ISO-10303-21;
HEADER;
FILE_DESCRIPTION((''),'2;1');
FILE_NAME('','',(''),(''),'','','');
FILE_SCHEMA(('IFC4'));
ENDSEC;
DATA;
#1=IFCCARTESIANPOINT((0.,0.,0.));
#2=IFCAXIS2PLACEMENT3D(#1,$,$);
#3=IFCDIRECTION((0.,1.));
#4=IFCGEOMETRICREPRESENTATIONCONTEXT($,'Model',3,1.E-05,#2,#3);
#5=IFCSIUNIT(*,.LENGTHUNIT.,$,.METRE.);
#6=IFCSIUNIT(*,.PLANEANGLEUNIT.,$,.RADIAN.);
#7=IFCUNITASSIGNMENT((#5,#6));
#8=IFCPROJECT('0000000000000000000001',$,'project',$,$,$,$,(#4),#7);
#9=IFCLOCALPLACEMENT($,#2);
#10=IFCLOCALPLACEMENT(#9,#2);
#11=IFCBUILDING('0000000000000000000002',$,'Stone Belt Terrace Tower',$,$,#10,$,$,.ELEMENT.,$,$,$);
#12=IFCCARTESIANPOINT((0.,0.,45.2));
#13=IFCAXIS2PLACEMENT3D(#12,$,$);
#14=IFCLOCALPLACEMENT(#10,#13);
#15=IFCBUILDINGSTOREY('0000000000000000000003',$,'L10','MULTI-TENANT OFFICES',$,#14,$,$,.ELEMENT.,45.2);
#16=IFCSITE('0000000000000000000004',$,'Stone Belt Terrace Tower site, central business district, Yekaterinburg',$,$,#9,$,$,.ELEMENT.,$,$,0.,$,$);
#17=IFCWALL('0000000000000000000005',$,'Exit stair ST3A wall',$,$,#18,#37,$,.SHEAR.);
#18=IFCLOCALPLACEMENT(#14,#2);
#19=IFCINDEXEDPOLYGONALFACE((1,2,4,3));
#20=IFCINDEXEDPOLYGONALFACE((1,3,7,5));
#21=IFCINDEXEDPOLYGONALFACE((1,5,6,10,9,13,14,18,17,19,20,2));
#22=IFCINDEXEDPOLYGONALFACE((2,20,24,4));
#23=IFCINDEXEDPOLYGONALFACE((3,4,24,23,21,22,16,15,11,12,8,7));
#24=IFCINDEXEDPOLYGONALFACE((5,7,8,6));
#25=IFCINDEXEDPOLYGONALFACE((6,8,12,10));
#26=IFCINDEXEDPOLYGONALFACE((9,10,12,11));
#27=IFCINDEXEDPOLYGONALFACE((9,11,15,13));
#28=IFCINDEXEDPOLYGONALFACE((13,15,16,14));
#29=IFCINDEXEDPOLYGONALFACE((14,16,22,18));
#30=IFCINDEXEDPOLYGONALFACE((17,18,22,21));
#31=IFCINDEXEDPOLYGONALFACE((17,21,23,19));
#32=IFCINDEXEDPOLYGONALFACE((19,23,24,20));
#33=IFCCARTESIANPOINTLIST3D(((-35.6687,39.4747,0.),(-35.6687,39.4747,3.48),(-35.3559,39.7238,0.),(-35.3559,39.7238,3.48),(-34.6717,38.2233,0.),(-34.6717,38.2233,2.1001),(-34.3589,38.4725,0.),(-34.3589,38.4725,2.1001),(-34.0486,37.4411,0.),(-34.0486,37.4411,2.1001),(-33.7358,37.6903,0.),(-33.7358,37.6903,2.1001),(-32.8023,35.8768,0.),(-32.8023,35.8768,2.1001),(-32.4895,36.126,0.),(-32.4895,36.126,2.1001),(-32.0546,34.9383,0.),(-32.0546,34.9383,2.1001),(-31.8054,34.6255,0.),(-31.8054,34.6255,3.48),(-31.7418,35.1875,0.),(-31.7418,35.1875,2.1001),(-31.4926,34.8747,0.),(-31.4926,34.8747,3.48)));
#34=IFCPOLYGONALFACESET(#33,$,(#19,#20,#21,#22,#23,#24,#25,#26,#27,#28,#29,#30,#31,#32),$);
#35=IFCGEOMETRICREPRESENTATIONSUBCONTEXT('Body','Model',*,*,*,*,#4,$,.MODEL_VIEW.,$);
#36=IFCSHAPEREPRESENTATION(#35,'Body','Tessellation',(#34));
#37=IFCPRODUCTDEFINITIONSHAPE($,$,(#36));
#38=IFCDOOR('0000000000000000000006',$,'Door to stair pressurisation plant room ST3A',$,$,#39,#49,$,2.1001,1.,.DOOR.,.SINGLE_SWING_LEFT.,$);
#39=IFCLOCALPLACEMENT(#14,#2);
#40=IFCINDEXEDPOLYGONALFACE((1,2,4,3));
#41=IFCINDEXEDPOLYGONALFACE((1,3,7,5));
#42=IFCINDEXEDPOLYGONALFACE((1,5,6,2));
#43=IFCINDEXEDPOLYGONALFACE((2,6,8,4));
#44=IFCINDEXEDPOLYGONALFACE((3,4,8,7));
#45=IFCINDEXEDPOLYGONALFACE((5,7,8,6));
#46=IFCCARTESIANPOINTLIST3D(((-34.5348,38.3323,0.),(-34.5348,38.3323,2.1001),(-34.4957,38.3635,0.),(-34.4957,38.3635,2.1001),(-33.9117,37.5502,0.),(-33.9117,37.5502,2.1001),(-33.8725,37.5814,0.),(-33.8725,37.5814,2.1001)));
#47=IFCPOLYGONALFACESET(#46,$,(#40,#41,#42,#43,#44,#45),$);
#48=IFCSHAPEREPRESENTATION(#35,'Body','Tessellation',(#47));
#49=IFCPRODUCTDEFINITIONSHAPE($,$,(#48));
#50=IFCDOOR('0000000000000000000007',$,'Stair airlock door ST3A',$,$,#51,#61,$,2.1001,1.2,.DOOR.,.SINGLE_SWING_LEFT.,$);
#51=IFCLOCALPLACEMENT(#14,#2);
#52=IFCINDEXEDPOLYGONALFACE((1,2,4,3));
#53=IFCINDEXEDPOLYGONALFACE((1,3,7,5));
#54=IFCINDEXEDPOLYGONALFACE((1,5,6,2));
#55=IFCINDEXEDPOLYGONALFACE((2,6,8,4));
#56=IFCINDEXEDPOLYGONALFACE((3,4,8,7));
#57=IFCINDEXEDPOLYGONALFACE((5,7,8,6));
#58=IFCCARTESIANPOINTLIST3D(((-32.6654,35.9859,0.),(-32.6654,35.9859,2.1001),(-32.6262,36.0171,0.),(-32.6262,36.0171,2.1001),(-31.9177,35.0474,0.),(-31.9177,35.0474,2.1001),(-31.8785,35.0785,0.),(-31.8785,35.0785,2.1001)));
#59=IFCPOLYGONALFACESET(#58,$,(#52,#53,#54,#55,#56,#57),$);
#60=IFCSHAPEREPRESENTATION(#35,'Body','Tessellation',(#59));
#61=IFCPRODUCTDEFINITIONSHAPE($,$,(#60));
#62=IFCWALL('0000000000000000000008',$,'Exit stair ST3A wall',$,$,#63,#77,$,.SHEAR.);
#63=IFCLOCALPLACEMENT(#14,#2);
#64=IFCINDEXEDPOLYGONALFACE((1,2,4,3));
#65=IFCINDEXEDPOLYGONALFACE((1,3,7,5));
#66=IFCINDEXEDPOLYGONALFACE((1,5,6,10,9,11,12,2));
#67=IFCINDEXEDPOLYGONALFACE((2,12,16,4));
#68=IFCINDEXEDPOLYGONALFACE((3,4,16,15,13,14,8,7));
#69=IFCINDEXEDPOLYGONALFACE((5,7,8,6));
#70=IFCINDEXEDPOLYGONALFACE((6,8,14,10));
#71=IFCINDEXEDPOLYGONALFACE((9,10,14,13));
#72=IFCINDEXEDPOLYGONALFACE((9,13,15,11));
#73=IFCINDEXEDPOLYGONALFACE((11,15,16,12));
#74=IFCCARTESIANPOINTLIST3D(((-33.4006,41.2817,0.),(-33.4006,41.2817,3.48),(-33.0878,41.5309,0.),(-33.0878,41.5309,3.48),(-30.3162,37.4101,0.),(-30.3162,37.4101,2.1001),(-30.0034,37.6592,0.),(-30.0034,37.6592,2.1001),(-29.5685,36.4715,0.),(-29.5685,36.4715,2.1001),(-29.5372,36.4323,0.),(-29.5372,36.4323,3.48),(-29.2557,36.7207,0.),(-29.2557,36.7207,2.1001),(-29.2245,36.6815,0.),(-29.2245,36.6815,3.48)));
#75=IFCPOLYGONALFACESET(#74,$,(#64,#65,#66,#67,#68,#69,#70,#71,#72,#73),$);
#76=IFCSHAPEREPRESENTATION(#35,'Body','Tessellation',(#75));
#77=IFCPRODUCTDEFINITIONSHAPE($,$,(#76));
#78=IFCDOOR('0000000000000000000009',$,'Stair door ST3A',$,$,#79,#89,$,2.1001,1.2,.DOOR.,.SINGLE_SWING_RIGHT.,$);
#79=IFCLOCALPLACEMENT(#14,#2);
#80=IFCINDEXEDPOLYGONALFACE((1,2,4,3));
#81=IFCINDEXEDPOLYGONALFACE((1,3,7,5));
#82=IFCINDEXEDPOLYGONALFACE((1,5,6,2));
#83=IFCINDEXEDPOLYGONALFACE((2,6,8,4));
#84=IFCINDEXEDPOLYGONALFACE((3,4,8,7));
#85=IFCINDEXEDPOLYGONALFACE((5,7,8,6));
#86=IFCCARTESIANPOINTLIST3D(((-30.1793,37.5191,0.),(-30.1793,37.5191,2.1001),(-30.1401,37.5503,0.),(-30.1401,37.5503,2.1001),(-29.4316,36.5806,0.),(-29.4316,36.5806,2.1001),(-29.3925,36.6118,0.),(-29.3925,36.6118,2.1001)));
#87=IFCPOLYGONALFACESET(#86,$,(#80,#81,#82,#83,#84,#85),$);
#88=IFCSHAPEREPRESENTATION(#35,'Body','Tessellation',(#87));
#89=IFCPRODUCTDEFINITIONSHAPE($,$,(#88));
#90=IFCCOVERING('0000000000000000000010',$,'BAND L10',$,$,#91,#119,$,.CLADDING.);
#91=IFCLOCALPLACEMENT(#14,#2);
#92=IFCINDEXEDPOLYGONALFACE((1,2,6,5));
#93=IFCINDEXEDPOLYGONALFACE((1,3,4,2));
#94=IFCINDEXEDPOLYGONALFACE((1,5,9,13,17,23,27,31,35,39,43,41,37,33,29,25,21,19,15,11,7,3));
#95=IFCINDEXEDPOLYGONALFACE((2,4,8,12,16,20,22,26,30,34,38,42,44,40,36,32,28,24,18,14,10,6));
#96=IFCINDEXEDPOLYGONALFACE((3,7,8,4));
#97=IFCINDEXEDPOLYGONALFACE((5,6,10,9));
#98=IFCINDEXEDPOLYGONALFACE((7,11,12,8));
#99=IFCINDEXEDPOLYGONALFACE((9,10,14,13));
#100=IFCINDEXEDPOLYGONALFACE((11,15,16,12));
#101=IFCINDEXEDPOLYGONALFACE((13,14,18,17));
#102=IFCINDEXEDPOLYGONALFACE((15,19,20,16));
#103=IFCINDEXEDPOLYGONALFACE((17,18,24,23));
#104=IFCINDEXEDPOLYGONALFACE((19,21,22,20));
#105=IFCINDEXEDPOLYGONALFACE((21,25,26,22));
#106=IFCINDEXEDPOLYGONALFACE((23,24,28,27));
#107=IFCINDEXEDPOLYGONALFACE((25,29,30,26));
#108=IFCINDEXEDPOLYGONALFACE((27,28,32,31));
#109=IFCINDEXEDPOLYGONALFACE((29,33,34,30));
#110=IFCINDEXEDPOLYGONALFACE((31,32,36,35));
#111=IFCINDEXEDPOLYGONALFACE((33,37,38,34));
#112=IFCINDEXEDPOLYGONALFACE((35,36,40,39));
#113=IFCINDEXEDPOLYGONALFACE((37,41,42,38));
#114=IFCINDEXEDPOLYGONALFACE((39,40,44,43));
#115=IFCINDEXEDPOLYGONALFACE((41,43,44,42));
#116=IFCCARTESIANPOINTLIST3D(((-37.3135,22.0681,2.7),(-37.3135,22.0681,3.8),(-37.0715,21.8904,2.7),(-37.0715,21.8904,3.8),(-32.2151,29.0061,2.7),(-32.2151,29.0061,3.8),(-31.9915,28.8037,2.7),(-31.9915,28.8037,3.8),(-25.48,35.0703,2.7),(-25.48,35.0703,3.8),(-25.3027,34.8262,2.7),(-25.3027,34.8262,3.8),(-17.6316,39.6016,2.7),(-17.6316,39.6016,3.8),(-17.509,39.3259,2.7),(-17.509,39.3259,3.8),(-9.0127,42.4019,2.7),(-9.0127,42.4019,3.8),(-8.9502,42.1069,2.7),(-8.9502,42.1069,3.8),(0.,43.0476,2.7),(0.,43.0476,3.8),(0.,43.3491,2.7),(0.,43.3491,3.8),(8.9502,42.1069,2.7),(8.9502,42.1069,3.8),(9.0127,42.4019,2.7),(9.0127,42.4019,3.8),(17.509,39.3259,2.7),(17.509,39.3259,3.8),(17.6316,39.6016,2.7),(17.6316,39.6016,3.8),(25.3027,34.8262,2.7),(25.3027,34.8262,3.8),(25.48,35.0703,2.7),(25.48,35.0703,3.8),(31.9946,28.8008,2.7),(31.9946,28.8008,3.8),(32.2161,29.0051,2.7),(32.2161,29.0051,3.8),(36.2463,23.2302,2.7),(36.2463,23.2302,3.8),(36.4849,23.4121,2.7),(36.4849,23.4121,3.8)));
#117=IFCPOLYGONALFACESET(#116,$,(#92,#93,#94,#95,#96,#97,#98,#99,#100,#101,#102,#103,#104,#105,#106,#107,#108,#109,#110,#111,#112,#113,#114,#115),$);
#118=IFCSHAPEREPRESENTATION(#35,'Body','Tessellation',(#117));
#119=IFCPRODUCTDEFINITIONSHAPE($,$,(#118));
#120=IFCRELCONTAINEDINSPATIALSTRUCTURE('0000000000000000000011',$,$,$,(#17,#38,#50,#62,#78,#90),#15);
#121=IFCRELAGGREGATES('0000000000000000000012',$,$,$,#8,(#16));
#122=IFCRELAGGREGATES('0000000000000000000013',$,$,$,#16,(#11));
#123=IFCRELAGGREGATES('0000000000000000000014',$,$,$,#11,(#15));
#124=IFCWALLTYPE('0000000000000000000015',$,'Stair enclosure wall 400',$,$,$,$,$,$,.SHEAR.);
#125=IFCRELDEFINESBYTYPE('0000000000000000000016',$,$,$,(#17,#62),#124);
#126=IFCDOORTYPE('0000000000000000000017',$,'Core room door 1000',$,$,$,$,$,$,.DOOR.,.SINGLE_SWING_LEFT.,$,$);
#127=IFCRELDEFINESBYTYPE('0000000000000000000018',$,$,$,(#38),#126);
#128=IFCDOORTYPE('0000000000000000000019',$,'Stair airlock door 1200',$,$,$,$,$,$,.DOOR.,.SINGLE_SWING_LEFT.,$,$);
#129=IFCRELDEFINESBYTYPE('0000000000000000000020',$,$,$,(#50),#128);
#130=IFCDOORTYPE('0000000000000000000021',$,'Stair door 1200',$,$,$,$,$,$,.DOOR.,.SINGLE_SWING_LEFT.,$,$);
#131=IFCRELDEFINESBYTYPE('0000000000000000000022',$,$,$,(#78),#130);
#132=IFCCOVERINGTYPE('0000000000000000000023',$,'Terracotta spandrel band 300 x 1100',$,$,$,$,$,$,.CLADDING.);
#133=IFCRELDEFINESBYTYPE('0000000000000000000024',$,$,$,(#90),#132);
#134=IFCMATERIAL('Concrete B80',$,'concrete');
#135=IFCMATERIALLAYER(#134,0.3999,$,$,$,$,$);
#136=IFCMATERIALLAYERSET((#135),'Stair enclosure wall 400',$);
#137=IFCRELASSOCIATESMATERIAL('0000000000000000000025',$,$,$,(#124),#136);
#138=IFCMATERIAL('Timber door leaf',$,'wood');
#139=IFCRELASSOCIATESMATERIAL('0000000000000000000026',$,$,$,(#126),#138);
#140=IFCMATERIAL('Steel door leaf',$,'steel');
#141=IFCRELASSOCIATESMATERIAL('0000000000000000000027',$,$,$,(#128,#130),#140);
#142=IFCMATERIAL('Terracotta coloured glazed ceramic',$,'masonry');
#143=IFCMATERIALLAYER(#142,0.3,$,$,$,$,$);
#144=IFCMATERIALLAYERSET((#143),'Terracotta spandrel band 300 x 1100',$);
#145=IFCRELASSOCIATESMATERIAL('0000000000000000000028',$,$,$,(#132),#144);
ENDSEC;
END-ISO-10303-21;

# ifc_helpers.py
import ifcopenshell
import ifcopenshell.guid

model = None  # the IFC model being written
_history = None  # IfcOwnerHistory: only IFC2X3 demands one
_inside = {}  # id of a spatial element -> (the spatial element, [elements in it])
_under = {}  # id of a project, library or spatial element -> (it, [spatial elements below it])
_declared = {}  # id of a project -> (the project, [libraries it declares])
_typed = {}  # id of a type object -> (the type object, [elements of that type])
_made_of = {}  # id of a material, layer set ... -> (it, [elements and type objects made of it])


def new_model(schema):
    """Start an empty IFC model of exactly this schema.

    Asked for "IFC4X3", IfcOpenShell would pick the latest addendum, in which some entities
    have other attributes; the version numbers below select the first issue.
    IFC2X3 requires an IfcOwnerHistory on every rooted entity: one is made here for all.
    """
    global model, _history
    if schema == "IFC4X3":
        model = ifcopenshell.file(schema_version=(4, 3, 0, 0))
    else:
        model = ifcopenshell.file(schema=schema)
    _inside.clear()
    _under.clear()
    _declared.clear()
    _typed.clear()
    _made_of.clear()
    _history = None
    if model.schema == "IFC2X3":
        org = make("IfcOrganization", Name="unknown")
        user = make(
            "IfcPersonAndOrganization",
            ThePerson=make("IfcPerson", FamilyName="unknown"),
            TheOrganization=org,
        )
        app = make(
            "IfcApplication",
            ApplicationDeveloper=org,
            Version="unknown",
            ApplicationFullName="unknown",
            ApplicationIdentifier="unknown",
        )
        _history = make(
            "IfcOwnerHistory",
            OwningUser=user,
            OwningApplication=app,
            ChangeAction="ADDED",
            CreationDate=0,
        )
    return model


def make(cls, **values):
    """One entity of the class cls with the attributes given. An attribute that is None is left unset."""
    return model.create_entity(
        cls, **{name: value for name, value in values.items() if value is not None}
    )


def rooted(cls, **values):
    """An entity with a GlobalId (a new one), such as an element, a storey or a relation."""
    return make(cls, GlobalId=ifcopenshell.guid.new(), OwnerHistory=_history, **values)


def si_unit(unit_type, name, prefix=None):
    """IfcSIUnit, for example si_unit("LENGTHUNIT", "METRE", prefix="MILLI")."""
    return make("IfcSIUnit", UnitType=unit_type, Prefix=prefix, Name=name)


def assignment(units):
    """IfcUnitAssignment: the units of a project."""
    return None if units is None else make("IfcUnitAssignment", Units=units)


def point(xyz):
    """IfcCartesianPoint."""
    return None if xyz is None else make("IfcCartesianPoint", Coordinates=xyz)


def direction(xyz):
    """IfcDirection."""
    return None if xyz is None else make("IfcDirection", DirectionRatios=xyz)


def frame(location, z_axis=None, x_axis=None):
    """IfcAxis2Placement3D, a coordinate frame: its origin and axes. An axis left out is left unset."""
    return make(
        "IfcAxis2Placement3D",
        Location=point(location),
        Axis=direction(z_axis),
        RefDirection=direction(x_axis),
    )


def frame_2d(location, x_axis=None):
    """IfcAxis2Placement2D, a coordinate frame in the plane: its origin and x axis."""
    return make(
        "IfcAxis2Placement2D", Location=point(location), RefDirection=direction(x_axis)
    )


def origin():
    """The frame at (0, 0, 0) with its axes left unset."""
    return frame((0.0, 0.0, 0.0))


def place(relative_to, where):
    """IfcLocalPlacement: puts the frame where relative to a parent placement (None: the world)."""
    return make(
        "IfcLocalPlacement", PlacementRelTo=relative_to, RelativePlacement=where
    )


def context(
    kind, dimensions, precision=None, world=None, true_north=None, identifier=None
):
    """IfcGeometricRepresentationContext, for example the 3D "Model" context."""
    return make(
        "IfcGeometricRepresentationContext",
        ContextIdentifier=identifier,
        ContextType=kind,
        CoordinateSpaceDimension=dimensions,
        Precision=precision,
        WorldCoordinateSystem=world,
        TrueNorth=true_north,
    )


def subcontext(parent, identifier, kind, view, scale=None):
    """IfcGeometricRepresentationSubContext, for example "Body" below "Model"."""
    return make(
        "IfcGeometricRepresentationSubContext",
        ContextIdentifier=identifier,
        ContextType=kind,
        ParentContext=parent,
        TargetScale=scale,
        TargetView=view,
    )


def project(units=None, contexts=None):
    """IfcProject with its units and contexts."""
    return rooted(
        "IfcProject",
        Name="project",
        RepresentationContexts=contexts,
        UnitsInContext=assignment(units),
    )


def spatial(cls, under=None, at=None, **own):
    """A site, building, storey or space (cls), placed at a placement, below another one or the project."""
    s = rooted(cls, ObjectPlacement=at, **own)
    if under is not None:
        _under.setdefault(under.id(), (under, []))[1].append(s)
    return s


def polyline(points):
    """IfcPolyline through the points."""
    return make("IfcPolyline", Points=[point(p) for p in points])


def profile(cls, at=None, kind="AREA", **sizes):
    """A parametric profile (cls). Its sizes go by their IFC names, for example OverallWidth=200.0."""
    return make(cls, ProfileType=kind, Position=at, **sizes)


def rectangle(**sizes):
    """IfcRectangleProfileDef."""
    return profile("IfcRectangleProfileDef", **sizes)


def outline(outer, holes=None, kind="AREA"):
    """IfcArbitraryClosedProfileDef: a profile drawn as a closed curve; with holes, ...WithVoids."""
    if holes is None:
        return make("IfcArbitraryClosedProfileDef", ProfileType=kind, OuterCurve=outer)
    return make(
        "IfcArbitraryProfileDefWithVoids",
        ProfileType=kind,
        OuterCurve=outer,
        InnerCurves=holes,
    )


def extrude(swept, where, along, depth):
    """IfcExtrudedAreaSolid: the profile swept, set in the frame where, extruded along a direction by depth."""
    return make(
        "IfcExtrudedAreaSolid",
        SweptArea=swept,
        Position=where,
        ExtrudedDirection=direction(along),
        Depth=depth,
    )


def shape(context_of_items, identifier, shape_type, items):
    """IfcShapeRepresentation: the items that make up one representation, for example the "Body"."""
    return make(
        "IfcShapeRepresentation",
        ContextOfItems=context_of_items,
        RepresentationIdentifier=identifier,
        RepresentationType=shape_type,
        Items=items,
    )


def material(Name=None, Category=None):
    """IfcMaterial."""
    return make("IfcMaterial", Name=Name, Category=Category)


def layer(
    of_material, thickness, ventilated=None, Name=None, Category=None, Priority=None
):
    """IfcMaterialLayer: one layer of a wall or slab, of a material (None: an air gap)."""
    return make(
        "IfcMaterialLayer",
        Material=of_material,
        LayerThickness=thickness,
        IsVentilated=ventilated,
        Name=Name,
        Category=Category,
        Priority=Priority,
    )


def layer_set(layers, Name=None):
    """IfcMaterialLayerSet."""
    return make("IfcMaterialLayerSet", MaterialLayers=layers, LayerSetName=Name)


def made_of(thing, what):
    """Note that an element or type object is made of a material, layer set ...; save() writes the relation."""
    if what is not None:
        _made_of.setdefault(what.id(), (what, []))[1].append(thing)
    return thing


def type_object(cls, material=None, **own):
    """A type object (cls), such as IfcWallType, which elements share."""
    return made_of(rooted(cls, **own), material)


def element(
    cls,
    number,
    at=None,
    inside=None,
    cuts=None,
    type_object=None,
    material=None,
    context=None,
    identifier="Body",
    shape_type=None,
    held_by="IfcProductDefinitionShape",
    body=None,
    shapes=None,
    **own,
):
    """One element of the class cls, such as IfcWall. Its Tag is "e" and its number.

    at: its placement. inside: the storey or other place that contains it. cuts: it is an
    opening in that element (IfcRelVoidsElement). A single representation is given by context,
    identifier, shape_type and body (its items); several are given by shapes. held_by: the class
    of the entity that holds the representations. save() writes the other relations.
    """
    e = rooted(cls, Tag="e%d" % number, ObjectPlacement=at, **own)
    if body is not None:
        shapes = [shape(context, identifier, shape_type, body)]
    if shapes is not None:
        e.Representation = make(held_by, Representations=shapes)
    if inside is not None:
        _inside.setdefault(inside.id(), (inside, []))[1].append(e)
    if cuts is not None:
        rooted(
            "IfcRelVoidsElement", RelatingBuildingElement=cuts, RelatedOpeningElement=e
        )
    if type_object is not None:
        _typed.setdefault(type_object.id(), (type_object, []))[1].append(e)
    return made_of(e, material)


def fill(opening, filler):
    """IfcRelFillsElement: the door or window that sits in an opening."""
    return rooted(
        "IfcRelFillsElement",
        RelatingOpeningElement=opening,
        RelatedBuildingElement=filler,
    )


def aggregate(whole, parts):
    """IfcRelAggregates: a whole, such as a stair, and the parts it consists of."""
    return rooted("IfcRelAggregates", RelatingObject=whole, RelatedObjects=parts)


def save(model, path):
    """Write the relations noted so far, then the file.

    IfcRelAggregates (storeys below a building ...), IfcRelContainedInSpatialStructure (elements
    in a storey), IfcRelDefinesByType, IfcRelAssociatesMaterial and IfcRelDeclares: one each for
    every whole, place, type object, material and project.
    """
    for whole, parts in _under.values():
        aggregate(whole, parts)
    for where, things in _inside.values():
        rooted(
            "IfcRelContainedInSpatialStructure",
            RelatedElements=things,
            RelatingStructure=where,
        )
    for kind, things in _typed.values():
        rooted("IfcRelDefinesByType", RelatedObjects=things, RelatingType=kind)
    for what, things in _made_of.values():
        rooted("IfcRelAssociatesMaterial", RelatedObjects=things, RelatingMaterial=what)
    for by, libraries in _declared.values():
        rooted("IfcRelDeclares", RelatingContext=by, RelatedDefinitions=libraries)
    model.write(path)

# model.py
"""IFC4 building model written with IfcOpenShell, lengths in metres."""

from ifc_helpers import new_model, si_unit, direction, frame, frame_2d, origin, place, context, subcontext, project, spatial, polyline, rectangle, outline, extrude, material, layer, layer_set, type_object, element, fill, save


model = new_model("IFC4")

# Units and contexts
model_context = context("Model", 3, precision=1e-05, world=origin(), true_north=direction((0.0, 1.0)))
body_context = subcontext(model_context, "Body", "Model", "MODEL_VIEW")
ifc_project = project(units=[si_unit("LENGTHUNIT", "METRE"), si_unit("PLANEANGLEUNIT", "RADIAN")], contexts=[model_context])

# Site, building, storey
site_placement = place(None, origin())
site = spatial("IfcSite", under=ifc_project, at=site_placement, Name="Stone Belt Terrace Tower site, central business district, Yekaterinburg", CompositionType="ELEMENT", RefElevation=0.0)
building_placement = place(site_placement, origin())
building = spatial("IfcBuilding", under=site, at=building_placement, Name="Stone Belt Terrace Tower", CompositionType="ELEMENT")
storey_placement = place(building_placement, frame((0.0, 0.0, 45.2)))
storey = spatial("IfcBuildingStorey", under=building, at=storey_placement, Name="L10", Description="MULTI-TENANT OFFICES", CompositionType="ELEMENT", Elevation=45.2)

# Shared definitions
ifc_material_1 = material(Name="Concrete B80", Category="concrete")

# Shared definitions
ifc_material_2 = material(Name="Timber door leaf", Category="wood")

# Shared definitions
ifc_layer_1 = layer(ifc_material_1, 0.3999)
ifc_layer_set_1 = layer_set([ifc_layer_1], Name="Stair enclosure wall 400")
wall_type_1 = type_object("IfcWallType", Name="Stair enclosure wall 400", PredefinedType="SHEAR", material=ifc_layer_set_1)

# Wall, openings, doors
wall_1_placement = place(storey_placement, frame((-31.6489, 34.75, 0.0), z_axis=(0.0, 0.0, 1.0), x_axis=(-0.623119, 0.782127, 0.0)))
wall_1 = element("IfcWall", 1, at=wall_1_placement, inside=storey, type_object=wall_type_1, Name="Exit stair ST3A wall", PredefinedType="SHEAR", context=body_context, shape_type="SweptSolid", body=[
    extrude(rectangle(XDim=6.2, YDim=0.3999, at=frame_2d((3.1001, 0.0))), origin(), (0.0, 0.0, 1.0), 3.48),
])
opening_1_placement = place(wall_1_placement, frame((0.3999, 0.0, 0.0)))
opening_1 = element("IfcOpeningElement", 2, at=opening_1_placement, cuts=wall_1, PredefinedType="OPENING", context=body_context, shape_type="SweptSolid", body=[
    extrude(rectangle(XDim=1.2, YDim=2.1001, at=frame_2d((0.6001, 1.05))), frame((0.0, 0.21, 0.0), z_axis=(0.0, -1.0, 0.0), x_axis=(1.0, 0.0, 0.0)), (0.0, 0.0, 1.0), 0.4199),
])
opening_2_placement = place(wall_1_placement, frame((3.6001, 0.0, 0.0)))
opening_2 = element("IfcOpeningElement", 3, at=opening_2_placement, cuts=wall_1, PredefinedType="OPENING", context=body_context, shape_type="SweptSolid", body=[
    extrude(rectangle(XDim=1.0, YDim=2.1001, at=frame_2d((0.5, 1.05))), frame((0.0, 0.21, 0.0), z_axis=(0.0, -1.0, 0.0), x_axis=(1.0, 0.0, 0.0)), (0.0, 0.0, 1.0), 0.4199),
])
door_type_1 = type_object("IfcDoorType", Name="Core room door 1000", OperationType="SINGLE_SWING_LEFT", PredefinedType="DOOR", material=ifc_material_2)
door_1_placement = place(opening_2_placement, origin())
door_1 = element("IfcDoor", 4, at=door_1_placement, inside=storey, type_object=door_type_1, Name="Door to stair pressurisation plant room ST3A", OperationType="SINGLE_SWING_LEFT", OverallHeight=2.1001, OverallWidth=1.0, PredefinedType="DOOR", context=body_context, shape_type="SweptSolid", body=[
    extrude(rectangle(XDim=1.0, YDim=2.1001, at=frame_2d((0.5, 1.05))), frame((0.0, 0.0249, 0.0), z_axis=(0.0, -1.0, 0.0), x_axis=(1.0, 0.0, 0.0)), (0.0, 0.0, 1.0), 0.05),
])
fill(opening_2, door_1)
ifc_material_3 = material(Name="Steel door leaf", Category="steel")
door_type_2 = type_object("IfcDoorType", Name="Stair airlock door 1200", OperationType="SINGLE_SWING_LEFT", PredefinedType="DOOR", material=ifc_material_3)
door_2_placement = place(opening_1_placement, origin())
door_2 = element("IfcDoor", 5, at=door_2_placement, inside=storey, type_object=door_type_2, Name="Stair airlock door ST3A", OperationType="SINGLE_SWING_LEFT", OverallHeight=2.1001, OverallWidth=1.2, PredefinedType="DOOR", context=body_context, shape_type="SweptSolid", body=[
    extrude(rectangle(XDim=1.2, YDim=2.1001, at=frame_2d((0.6001, 1.05))), frame((0.0, 0.0249, 0.0), z_axis=(0.0, -1.0, 0.0), x_axis=(1.0, 0.0, 0.0)), (0.0, 0.0, 1.0), 0.05),
])
fill(opening_1, door_2)

# Wall, opening, door
wall_2_placement = place(storey_placement, frame((-29.3809, 36.5569, 0.0), z_axis=(0.0, 0.0, 1.0), x_axis=(-0.623099, 0.782143, 0.0)))
wall_2 = element("IfcWall", 6, at=wall_2_placement, inside=storey, type_object=wall_type_1, Name="Exit stair ST3A wall", PredefinedType="SHEAR", context=body_context, shape_type="SweptSolid", body=[
    extrude(rectangle(XDim=6.2002, YDim=0.3999, at=frame_2d((3.1001, 0.0))), origin(), (0.0, 0.0, 1.0), 3.48),
])
opening_3_placement = place(wall_2_placement, frame((0.05, 0.0, 0.0)))
opening_3 = element("IfcOpeningElement", 7, at=opening_3_placement, cuts=wall_2, PredefinedType="OPENING", context=body_context, shape_type="SweptSolid", body=[
    extrude(rectangle(XDim=1.2, YDim=2.1001, at=frame_2d((0.6001, 1.05))), frame((0.0, 0.21, 0.0), z_axis=(0.0, -1.0, 0.0), x_axis=(1.0, 0.0, 0.0)), (0.0, 0.0, 1.0), 0.4199),
])
door_type_3 = type_object("IfcDoorType", Name="Stair door 1200", OperationType="SINGLE_SWING_LEFT", PredefinedType="DOOR", material=ifc_material_3)
door_3_placement = place(opening_3_placement, origin())
door_3 = element("IfcDoor", 8, at=door_3_placement, inside=storey, type_object=door_type_3, Name="Stair door ST3A", OperationType="SINGLE_SWING_RIGHT", OverallHeight=2.1001, OverallWidth=1.2, PredefinedType="DOOR", context=body_context, shape_type="SweptSolid", body=[
    extrude(rectangle(XDim=1.2, YDim=2.1001, at=frame_2d((0.6001, 1.05))), frame((0.0, 0.0249, 0.0), z_axis=(0.0, -1.0, 0.0), x_axis=(1.0, 0.0, 0.0)), (0.0, 0.0, 1.0), 0.05),
])
fill(opening_3, door_3)

# Covering
ifc_material_4 = material(Name="Terracotta coloured glazed ceramic", Category="masonry")
ifc_layer_2 = layer(ifc_material_4, 0.3)
ifc_layer_set_2 = layer_set([ifc_layer_2], Name="Terracotta spandrel band 300 x 1100")
covering_type = type_object("IfcCoveringType", Name="Terracotta spandrel band 300 x 1100", PredefinedType="CLADDING", material=ifc_layer_set_2)
covering_placement = place(storey_placement, frame((0.0, 0.0, 2.7)))
element("IfcCovering", 9, at=covering_placement, inside=storey, type_object=covering_type, Name="BAND L10", PredefinedType="CLADDING", context=body_context, shape_type="SweptSolid", body=[
    extrude(outline(polyline([(-37.3135, 22.0681), (-32.2151, 29.0061), (-25.48, 35.0703), (-17.6316, 39.6016), (-9.0127, 42.4019), (0.0, 43.3491), (9.0127, 42.4019), (17.6316, 39.6016), (25.48, 35.0703), (32.2161, 29.0051), (36.4849, 23.4121), (36.2463, 23.2302), (31.9946, 28.8008), (25.3027, 34.8262), (17.509, 39.3259), (8.9502, 42.1069), (0.0, 43.0476), (-8.9502, 42.1069), (-17.509, 39.3259), (-25.3027, 34.8262), (-31.9915, 28.8037), (-37.0715, 21.8904), (-37.3135, 22.0681)])), origin(), (0.0, 0.0, 1.0), 1.1001),
])

save(model, "model.ifc")
